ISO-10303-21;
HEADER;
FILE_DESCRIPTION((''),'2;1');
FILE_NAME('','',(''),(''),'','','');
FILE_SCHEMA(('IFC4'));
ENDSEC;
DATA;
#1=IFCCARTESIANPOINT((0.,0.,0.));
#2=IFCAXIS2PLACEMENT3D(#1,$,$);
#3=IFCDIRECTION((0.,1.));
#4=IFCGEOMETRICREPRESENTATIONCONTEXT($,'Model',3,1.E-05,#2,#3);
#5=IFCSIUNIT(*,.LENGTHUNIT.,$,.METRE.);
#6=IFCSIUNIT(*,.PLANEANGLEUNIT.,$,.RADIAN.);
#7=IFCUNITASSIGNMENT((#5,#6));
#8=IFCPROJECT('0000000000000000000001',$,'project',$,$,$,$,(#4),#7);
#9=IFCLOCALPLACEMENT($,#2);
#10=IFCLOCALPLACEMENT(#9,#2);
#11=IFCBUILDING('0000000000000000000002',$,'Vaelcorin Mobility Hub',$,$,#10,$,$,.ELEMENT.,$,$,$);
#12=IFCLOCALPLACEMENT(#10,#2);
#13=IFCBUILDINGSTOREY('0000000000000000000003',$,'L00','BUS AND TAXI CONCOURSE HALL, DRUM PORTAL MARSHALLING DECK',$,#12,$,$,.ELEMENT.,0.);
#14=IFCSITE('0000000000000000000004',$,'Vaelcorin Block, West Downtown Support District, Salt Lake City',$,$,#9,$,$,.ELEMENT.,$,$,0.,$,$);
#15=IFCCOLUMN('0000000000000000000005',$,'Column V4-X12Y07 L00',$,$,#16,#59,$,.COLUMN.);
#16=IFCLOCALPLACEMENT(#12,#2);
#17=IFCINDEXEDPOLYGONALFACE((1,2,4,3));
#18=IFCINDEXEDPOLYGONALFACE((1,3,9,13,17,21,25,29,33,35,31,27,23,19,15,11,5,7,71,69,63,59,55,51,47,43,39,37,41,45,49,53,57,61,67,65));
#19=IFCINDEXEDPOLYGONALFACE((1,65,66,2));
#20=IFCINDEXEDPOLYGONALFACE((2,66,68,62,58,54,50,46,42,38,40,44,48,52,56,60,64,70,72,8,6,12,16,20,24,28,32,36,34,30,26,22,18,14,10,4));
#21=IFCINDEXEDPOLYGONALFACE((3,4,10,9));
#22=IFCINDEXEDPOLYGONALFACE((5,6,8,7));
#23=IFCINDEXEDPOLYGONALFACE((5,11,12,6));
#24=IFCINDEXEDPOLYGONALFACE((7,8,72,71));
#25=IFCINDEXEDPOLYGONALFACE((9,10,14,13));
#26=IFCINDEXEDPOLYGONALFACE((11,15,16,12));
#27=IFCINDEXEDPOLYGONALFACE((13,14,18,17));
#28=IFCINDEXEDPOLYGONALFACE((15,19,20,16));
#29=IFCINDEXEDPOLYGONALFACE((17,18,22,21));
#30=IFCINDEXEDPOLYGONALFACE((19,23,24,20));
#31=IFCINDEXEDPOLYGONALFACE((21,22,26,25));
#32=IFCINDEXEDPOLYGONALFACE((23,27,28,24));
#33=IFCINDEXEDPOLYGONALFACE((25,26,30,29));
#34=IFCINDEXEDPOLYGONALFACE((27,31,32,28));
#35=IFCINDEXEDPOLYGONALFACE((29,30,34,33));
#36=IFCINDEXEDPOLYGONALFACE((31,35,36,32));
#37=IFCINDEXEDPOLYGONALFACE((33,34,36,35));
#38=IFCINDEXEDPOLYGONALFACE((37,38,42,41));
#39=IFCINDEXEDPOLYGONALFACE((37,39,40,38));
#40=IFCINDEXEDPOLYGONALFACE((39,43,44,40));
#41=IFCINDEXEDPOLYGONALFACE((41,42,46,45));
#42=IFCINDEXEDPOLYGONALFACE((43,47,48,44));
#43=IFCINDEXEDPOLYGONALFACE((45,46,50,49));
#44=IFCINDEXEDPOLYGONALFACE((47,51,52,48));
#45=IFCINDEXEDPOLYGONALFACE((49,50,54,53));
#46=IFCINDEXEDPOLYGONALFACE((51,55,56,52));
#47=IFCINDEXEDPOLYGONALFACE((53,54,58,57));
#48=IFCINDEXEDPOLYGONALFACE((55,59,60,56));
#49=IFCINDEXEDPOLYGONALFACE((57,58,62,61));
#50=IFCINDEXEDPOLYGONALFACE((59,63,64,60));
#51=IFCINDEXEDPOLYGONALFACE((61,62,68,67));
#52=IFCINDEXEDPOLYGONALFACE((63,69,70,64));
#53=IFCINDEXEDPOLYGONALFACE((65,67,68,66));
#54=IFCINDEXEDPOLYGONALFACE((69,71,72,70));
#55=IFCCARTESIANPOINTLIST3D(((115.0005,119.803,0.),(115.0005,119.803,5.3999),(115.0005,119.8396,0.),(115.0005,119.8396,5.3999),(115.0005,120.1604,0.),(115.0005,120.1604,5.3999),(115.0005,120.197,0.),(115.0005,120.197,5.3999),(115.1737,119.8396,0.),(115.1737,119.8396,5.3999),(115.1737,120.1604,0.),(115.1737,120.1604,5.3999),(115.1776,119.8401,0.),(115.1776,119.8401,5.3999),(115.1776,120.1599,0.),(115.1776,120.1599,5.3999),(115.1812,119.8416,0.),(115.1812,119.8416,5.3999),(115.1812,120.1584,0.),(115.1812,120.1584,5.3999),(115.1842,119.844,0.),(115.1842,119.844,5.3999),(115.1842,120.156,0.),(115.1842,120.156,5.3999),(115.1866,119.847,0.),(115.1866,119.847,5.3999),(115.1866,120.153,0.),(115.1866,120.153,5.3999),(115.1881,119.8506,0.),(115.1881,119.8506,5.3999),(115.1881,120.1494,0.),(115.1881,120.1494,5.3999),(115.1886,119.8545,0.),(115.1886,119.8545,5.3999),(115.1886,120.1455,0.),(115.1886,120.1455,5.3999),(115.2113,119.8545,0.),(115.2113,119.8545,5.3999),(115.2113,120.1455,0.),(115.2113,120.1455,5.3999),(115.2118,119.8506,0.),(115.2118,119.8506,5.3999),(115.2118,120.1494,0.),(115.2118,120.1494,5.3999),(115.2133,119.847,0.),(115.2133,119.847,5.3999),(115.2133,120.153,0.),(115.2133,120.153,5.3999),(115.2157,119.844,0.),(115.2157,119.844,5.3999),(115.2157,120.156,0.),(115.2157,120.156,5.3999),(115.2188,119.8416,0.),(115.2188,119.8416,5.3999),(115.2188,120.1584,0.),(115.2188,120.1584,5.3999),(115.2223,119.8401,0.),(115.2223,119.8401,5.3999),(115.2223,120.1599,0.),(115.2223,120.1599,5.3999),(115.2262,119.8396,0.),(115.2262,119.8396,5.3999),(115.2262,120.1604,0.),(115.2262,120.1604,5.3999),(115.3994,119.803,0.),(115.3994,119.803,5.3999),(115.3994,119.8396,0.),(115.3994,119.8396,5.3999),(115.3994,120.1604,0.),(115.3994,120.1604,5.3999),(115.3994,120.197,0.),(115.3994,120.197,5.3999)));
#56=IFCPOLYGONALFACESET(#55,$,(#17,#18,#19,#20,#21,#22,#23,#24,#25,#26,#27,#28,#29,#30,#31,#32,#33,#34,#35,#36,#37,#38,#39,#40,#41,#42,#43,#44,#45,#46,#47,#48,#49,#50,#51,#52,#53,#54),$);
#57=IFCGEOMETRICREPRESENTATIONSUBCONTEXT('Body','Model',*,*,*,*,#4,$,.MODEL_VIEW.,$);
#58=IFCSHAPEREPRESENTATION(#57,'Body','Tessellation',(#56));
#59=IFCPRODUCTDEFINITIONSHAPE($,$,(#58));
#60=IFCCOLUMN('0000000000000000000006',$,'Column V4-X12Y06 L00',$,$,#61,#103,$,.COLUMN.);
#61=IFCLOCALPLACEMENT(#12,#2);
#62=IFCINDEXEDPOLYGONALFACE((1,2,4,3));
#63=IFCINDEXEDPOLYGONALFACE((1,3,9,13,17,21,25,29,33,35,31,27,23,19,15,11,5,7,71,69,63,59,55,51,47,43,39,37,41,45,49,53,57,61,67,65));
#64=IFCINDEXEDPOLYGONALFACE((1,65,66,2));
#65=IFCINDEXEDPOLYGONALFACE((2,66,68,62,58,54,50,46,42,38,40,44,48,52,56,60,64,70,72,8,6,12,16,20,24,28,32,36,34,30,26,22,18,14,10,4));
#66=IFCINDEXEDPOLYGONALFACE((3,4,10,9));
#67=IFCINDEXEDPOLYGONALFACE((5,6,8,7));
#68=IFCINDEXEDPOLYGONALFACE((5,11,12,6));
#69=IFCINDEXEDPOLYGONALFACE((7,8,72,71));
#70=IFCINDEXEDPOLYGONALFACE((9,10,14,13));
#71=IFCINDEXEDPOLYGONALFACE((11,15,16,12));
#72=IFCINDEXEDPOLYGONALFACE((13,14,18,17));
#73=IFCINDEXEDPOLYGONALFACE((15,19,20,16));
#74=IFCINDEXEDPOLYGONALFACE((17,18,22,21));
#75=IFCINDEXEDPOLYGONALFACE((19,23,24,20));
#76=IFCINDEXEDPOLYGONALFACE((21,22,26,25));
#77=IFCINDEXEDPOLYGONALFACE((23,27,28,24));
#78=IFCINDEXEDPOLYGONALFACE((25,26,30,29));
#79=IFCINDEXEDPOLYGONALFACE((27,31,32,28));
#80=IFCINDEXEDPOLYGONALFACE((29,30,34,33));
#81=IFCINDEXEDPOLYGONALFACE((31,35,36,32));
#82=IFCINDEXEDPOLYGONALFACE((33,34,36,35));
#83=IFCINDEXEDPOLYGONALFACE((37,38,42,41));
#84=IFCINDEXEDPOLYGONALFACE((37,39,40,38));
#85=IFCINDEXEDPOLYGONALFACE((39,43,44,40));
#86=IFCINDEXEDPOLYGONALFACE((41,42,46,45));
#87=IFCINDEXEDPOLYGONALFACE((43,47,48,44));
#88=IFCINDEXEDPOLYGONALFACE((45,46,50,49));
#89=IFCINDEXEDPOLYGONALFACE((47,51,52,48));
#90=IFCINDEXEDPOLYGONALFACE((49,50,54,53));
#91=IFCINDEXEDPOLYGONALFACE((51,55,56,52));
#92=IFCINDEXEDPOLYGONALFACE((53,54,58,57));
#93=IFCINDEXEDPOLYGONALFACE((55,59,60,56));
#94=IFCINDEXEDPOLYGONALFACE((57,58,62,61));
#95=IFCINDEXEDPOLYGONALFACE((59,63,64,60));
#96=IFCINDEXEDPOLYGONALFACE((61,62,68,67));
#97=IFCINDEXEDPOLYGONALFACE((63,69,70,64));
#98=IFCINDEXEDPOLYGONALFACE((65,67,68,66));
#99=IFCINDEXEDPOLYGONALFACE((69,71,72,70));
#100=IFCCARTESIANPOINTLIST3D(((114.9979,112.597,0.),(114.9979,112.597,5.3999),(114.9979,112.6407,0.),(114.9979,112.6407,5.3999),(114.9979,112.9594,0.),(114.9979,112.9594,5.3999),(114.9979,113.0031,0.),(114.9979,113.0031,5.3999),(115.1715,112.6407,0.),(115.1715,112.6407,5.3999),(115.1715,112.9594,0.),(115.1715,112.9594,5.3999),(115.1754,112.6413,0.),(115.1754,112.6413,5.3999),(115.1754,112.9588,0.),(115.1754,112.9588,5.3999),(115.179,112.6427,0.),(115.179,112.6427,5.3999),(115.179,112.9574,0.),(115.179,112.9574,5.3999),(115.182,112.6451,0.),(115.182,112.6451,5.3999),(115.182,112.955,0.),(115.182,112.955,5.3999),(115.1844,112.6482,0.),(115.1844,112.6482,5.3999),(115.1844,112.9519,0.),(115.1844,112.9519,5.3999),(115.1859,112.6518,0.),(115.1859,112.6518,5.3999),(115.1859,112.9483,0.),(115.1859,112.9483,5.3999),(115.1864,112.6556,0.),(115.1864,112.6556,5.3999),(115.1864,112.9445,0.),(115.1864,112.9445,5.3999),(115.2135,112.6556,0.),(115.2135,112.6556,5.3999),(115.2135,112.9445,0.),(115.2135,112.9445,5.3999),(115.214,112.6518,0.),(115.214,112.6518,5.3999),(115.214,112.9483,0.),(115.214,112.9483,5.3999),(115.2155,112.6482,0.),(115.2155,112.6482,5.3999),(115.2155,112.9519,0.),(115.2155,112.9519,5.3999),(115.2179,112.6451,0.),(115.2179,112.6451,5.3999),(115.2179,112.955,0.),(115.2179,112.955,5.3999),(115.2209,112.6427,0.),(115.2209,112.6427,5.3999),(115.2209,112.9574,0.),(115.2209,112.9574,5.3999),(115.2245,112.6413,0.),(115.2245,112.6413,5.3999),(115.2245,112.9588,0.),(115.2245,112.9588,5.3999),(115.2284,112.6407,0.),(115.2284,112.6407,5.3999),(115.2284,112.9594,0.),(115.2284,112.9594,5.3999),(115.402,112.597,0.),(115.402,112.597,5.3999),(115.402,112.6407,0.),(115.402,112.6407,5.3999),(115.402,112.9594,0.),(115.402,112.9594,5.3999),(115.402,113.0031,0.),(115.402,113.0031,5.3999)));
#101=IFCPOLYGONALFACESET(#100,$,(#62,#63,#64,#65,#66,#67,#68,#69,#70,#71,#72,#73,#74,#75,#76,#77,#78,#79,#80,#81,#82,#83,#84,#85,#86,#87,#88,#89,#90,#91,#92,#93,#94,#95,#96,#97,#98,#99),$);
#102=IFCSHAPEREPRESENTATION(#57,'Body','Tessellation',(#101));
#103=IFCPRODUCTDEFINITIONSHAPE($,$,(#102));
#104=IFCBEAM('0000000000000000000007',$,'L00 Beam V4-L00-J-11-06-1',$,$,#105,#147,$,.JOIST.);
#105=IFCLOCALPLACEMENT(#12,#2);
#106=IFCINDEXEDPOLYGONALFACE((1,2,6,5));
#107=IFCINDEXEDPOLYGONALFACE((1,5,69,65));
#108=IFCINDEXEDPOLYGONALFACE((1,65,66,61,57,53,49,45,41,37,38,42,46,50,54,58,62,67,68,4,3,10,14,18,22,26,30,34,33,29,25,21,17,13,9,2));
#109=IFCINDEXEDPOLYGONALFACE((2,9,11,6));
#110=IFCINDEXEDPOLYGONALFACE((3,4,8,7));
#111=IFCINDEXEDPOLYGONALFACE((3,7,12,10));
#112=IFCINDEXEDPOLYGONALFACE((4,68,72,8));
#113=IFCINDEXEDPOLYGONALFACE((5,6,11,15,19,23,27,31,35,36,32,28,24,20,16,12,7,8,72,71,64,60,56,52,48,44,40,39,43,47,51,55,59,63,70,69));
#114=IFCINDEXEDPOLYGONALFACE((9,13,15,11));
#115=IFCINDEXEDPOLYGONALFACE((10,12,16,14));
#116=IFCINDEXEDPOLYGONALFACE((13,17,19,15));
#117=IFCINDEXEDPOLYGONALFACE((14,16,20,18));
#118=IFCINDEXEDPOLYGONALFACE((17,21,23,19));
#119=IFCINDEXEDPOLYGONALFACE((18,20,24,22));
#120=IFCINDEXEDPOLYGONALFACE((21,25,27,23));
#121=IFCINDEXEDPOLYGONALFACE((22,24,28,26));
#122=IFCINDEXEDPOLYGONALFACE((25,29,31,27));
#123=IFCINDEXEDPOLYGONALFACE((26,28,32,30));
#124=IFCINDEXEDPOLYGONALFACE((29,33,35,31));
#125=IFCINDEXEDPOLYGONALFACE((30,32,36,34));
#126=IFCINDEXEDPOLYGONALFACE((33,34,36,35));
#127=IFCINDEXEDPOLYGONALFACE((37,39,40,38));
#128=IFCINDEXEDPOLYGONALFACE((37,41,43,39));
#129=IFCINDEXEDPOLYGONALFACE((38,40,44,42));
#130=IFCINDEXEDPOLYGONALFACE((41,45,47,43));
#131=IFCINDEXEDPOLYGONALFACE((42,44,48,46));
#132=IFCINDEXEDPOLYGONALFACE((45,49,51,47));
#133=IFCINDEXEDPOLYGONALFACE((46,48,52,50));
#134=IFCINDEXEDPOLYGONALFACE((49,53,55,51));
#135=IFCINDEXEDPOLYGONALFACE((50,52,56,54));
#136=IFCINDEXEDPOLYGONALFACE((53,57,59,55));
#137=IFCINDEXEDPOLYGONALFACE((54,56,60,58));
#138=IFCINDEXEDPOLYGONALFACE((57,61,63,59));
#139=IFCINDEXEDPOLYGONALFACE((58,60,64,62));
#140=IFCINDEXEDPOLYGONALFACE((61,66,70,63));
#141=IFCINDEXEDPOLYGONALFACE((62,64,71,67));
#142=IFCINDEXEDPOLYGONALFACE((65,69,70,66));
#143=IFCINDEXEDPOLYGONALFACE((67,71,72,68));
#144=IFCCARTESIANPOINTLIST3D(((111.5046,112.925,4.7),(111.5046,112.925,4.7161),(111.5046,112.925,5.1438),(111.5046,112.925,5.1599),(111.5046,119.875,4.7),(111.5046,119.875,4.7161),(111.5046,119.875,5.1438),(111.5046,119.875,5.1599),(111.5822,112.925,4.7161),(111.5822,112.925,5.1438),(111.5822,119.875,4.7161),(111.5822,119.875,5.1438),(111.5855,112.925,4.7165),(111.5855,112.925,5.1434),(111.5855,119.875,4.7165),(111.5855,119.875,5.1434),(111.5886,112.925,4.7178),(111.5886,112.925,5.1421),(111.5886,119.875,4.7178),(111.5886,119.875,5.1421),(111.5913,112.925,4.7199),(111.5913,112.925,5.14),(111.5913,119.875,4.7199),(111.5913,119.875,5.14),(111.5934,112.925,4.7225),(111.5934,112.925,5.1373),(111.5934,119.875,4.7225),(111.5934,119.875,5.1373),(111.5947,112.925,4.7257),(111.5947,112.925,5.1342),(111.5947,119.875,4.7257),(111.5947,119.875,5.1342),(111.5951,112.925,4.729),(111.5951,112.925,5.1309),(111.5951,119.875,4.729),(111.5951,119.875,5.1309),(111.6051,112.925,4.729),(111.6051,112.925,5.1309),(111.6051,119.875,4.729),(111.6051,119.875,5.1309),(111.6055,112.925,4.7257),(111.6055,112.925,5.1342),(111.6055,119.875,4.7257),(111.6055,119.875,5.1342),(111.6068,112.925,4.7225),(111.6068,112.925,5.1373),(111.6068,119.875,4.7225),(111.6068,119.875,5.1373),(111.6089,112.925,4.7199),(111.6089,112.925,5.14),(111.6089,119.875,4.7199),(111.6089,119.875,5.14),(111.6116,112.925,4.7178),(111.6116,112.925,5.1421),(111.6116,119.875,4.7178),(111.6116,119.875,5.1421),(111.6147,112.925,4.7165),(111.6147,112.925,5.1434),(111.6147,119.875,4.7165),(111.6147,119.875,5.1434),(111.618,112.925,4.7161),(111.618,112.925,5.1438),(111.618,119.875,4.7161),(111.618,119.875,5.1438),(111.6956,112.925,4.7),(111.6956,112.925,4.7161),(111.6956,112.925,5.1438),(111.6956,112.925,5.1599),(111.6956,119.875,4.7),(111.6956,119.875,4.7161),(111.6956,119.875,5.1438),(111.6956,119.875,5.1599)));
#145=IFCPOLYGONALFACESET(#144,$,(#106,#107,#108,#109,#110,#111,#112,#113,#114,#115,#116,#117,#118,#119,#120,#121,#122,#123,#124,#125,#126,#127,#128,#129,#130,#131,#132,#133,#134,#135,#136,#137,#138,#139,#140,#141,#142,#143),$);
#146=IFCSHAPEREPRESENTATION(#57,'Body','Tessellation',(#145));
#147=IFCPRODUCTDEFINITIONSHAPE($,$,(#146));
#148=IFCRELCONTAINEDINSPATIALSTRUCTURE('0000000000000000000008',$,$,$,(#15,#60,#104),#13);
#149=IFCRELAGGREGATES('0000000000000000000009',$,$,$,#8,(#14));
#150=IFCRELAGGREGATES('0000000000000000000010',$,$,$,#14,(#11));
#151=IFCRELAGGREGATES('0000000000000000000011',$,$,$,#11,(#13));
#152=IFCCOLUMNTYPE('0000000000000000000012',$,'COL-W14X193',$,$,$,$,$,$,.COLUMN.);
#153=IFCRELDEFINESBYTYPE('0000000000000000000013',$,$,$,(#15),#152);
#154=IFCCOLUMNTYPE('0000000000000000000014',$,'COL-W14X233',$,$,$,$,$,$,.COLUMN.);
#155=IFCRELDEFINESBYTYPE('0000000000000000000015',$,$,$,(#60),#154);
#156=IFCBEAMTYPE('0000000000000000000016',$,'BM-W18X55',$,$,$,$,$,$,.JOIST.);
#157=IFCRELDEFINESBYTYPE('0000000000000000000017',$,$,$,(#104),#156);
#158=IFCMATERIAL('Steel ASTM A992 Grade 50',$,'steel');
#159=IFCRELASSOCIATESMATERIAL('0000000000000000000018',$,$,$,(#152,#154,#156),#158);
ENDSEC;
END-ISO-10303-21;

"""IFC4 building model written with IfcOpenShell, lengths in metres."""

from ifc_helpers import new_model, si_unit, direction, frame, origin, origin_2d, place, context, subcontext, project, spatial, i_section, extrude, material, material_profile, profile_set, type_object, element, save


model = new_model("IFC4")

# Units and contexts
model_context = context("Model", 3, precision=1e-05, world=origin(), true_north=direction((0.0, 1.0)))
body_context = subcontext(model_context, "Body", "Model", "MODEL_VIEW")
ifc_project = project(units=[si_unit("LENGTHUNIT", "METRE"), si_unit("PLANEANGLEUNIT", "RADIAN")], contexts=[model_context])

# Site, building, storey
site_placement = place(None, origin())
site = spatial("IfcSite", under=ifc_project, at=site_placement, Name="Vaelcorin Block, West Downtown Support District, Salt Lake City", CompositionType="ELEMENT", RefElevation=0.0)
building_placement = place(site_placement, origin())
building = spatial("IfcBuilding", under=site, at=building_placement, Name="Vaelcorin Mobility Hub", CompositionType="ELEMENT")
storey_placement = place(building_placement, origin())
storey = spatial("IfcBuildingStorey", under=building, at=storey_placement, Name="L00", Description="BUS AND TAXI CONCOURSE HALL, DRUM PORTAL MARSHALLING DECK", CompositionType="ELEMENT", Elevation=0.0)

# Columns
ifc_material_1 = material(Name="Steel ASTM A992 Grade 50", Category="steel")
ifc_material_profile_1 = material_profile(ifc_material_1, i_section(OverallWidth=0.3989, OverallDepth=0.394, WebThickness=0.0227, FlangeThickness=0.0366, FilletRadius=0.0149, at=origin_2d()), Name="W14X193")
ifc_profile_set_1 = profile_set([ifc_material_profile_1], Name="Steel ASTM A992 Grade 50")
column_type_1 = type_object("IfcColumnType", Name="COL-W14X193", PredefinedType="COLUMN", material=ifc_profile_set_1)
column_1_placement = place(storey_placement, frame((115.2, 120.0, 0.0), z_axis=(0.0, 0.0, 1.0), x_axis=(1.0, 0.0, 0.0)))
element("IfcColumn", 1, at=column_1_placement, inside=storey, type_object=column_type_1, Name="Column V4-X12Y07 L00", PredefinedType="COLUMN", context=body_context, shape_type="SweptSolid", body=[
    extrude(i_section(OverallWidth=0.3989, OverallDepth=0.394, WebThickness=0.0227, FlangeThickness=0.0366, FilletRadius=0.0149, at=origin_2d()), origin(), (0.0, 0.0, 1.0), 5.3999),
])
ifc_material_profile_2 = material_profile(ifc_material_1, i_section(OverallWidth=0.4041, OverallDepth=0.406, WebThickness=0.0271, FlangeThickness=0.0437, FilletRadius=0.0149, at=origin_2d()), Name="W14X233")
ifc_profile_set_2 = profile_set([ifc_material_profile_2], Name="Steel ASTM A992 Grade 50")
column_type_2 = type_object("IfcColumnType", Name="COL-W14X233", PredefinedType="COLUMN", material=ifc_profile_set_2)
column_2_placement = place(storey_placement, frame((115.2, 112.8, 0.0), z_axis=(0.0, 0.0, 1.0), x_axis=(1.0, 0.0, 0.0)))
element("IfcColumn", 2, at=column_2_placement, inside=storey, type_object=column_type_2, Name="Column V4-X12Y06 L00", PredefinedType="COLUMN", context=body_context, shape_type="SweptSolid", body=[
    extrude(i_section(OverallWidth=0.4041, OverallDepth=0.406, WebThickness=0.0271, FlangeThickness=0.0437, FilletRadius=0.0149, at=origin_2d()), origin(), (0.0, 0.0, 1.0), 5.3999),
])

# Beam
ifc_material_profile_3 = material_profile(ifc_material_1, i_section(OverallWidth=0.1909, OverallDepth=0.46, WebThickness=0.01, FlangeThickness=0.0161, FilletRadius=0.0129, at=origin_2d()), Name="W18X55")
ifc_profile_set_3 = profile_set([ifc_material_profile_3], Name="Steel ASTM A992 Grade 50")
beam_type_1 = type_object("IfcBeamType", Name="BM-W18X55", PredefinedType="JOIST", material=ifc_profile_set_3)
beam_1_placement = place(storey_placement, frame((111.6001, 112.925, 4.9299), z_axis=(0.0, 1.0, 0.0), x_axis=(-1.0, 0.0, 0.0)))
element("IfcBeam", 3, at=beam_1_placement, inside=storey, type_object=beam_type_1, Name="L00 Beam V4-L00-J-11-06-1", PredefinedType="JOIST", context=body_context, shape_type="SweptSolid", body=[
    extrude(i_section(OverallWidth=0.1909, OverallDepth=0.46, WebThickness=0.01, FlangeThickness=0.0161, FilletRadius=0.0129, at=origin_2d()), origin(), (0.0, 0.0, 1.0), 6.95),
])

save(model, "model.ifc")
